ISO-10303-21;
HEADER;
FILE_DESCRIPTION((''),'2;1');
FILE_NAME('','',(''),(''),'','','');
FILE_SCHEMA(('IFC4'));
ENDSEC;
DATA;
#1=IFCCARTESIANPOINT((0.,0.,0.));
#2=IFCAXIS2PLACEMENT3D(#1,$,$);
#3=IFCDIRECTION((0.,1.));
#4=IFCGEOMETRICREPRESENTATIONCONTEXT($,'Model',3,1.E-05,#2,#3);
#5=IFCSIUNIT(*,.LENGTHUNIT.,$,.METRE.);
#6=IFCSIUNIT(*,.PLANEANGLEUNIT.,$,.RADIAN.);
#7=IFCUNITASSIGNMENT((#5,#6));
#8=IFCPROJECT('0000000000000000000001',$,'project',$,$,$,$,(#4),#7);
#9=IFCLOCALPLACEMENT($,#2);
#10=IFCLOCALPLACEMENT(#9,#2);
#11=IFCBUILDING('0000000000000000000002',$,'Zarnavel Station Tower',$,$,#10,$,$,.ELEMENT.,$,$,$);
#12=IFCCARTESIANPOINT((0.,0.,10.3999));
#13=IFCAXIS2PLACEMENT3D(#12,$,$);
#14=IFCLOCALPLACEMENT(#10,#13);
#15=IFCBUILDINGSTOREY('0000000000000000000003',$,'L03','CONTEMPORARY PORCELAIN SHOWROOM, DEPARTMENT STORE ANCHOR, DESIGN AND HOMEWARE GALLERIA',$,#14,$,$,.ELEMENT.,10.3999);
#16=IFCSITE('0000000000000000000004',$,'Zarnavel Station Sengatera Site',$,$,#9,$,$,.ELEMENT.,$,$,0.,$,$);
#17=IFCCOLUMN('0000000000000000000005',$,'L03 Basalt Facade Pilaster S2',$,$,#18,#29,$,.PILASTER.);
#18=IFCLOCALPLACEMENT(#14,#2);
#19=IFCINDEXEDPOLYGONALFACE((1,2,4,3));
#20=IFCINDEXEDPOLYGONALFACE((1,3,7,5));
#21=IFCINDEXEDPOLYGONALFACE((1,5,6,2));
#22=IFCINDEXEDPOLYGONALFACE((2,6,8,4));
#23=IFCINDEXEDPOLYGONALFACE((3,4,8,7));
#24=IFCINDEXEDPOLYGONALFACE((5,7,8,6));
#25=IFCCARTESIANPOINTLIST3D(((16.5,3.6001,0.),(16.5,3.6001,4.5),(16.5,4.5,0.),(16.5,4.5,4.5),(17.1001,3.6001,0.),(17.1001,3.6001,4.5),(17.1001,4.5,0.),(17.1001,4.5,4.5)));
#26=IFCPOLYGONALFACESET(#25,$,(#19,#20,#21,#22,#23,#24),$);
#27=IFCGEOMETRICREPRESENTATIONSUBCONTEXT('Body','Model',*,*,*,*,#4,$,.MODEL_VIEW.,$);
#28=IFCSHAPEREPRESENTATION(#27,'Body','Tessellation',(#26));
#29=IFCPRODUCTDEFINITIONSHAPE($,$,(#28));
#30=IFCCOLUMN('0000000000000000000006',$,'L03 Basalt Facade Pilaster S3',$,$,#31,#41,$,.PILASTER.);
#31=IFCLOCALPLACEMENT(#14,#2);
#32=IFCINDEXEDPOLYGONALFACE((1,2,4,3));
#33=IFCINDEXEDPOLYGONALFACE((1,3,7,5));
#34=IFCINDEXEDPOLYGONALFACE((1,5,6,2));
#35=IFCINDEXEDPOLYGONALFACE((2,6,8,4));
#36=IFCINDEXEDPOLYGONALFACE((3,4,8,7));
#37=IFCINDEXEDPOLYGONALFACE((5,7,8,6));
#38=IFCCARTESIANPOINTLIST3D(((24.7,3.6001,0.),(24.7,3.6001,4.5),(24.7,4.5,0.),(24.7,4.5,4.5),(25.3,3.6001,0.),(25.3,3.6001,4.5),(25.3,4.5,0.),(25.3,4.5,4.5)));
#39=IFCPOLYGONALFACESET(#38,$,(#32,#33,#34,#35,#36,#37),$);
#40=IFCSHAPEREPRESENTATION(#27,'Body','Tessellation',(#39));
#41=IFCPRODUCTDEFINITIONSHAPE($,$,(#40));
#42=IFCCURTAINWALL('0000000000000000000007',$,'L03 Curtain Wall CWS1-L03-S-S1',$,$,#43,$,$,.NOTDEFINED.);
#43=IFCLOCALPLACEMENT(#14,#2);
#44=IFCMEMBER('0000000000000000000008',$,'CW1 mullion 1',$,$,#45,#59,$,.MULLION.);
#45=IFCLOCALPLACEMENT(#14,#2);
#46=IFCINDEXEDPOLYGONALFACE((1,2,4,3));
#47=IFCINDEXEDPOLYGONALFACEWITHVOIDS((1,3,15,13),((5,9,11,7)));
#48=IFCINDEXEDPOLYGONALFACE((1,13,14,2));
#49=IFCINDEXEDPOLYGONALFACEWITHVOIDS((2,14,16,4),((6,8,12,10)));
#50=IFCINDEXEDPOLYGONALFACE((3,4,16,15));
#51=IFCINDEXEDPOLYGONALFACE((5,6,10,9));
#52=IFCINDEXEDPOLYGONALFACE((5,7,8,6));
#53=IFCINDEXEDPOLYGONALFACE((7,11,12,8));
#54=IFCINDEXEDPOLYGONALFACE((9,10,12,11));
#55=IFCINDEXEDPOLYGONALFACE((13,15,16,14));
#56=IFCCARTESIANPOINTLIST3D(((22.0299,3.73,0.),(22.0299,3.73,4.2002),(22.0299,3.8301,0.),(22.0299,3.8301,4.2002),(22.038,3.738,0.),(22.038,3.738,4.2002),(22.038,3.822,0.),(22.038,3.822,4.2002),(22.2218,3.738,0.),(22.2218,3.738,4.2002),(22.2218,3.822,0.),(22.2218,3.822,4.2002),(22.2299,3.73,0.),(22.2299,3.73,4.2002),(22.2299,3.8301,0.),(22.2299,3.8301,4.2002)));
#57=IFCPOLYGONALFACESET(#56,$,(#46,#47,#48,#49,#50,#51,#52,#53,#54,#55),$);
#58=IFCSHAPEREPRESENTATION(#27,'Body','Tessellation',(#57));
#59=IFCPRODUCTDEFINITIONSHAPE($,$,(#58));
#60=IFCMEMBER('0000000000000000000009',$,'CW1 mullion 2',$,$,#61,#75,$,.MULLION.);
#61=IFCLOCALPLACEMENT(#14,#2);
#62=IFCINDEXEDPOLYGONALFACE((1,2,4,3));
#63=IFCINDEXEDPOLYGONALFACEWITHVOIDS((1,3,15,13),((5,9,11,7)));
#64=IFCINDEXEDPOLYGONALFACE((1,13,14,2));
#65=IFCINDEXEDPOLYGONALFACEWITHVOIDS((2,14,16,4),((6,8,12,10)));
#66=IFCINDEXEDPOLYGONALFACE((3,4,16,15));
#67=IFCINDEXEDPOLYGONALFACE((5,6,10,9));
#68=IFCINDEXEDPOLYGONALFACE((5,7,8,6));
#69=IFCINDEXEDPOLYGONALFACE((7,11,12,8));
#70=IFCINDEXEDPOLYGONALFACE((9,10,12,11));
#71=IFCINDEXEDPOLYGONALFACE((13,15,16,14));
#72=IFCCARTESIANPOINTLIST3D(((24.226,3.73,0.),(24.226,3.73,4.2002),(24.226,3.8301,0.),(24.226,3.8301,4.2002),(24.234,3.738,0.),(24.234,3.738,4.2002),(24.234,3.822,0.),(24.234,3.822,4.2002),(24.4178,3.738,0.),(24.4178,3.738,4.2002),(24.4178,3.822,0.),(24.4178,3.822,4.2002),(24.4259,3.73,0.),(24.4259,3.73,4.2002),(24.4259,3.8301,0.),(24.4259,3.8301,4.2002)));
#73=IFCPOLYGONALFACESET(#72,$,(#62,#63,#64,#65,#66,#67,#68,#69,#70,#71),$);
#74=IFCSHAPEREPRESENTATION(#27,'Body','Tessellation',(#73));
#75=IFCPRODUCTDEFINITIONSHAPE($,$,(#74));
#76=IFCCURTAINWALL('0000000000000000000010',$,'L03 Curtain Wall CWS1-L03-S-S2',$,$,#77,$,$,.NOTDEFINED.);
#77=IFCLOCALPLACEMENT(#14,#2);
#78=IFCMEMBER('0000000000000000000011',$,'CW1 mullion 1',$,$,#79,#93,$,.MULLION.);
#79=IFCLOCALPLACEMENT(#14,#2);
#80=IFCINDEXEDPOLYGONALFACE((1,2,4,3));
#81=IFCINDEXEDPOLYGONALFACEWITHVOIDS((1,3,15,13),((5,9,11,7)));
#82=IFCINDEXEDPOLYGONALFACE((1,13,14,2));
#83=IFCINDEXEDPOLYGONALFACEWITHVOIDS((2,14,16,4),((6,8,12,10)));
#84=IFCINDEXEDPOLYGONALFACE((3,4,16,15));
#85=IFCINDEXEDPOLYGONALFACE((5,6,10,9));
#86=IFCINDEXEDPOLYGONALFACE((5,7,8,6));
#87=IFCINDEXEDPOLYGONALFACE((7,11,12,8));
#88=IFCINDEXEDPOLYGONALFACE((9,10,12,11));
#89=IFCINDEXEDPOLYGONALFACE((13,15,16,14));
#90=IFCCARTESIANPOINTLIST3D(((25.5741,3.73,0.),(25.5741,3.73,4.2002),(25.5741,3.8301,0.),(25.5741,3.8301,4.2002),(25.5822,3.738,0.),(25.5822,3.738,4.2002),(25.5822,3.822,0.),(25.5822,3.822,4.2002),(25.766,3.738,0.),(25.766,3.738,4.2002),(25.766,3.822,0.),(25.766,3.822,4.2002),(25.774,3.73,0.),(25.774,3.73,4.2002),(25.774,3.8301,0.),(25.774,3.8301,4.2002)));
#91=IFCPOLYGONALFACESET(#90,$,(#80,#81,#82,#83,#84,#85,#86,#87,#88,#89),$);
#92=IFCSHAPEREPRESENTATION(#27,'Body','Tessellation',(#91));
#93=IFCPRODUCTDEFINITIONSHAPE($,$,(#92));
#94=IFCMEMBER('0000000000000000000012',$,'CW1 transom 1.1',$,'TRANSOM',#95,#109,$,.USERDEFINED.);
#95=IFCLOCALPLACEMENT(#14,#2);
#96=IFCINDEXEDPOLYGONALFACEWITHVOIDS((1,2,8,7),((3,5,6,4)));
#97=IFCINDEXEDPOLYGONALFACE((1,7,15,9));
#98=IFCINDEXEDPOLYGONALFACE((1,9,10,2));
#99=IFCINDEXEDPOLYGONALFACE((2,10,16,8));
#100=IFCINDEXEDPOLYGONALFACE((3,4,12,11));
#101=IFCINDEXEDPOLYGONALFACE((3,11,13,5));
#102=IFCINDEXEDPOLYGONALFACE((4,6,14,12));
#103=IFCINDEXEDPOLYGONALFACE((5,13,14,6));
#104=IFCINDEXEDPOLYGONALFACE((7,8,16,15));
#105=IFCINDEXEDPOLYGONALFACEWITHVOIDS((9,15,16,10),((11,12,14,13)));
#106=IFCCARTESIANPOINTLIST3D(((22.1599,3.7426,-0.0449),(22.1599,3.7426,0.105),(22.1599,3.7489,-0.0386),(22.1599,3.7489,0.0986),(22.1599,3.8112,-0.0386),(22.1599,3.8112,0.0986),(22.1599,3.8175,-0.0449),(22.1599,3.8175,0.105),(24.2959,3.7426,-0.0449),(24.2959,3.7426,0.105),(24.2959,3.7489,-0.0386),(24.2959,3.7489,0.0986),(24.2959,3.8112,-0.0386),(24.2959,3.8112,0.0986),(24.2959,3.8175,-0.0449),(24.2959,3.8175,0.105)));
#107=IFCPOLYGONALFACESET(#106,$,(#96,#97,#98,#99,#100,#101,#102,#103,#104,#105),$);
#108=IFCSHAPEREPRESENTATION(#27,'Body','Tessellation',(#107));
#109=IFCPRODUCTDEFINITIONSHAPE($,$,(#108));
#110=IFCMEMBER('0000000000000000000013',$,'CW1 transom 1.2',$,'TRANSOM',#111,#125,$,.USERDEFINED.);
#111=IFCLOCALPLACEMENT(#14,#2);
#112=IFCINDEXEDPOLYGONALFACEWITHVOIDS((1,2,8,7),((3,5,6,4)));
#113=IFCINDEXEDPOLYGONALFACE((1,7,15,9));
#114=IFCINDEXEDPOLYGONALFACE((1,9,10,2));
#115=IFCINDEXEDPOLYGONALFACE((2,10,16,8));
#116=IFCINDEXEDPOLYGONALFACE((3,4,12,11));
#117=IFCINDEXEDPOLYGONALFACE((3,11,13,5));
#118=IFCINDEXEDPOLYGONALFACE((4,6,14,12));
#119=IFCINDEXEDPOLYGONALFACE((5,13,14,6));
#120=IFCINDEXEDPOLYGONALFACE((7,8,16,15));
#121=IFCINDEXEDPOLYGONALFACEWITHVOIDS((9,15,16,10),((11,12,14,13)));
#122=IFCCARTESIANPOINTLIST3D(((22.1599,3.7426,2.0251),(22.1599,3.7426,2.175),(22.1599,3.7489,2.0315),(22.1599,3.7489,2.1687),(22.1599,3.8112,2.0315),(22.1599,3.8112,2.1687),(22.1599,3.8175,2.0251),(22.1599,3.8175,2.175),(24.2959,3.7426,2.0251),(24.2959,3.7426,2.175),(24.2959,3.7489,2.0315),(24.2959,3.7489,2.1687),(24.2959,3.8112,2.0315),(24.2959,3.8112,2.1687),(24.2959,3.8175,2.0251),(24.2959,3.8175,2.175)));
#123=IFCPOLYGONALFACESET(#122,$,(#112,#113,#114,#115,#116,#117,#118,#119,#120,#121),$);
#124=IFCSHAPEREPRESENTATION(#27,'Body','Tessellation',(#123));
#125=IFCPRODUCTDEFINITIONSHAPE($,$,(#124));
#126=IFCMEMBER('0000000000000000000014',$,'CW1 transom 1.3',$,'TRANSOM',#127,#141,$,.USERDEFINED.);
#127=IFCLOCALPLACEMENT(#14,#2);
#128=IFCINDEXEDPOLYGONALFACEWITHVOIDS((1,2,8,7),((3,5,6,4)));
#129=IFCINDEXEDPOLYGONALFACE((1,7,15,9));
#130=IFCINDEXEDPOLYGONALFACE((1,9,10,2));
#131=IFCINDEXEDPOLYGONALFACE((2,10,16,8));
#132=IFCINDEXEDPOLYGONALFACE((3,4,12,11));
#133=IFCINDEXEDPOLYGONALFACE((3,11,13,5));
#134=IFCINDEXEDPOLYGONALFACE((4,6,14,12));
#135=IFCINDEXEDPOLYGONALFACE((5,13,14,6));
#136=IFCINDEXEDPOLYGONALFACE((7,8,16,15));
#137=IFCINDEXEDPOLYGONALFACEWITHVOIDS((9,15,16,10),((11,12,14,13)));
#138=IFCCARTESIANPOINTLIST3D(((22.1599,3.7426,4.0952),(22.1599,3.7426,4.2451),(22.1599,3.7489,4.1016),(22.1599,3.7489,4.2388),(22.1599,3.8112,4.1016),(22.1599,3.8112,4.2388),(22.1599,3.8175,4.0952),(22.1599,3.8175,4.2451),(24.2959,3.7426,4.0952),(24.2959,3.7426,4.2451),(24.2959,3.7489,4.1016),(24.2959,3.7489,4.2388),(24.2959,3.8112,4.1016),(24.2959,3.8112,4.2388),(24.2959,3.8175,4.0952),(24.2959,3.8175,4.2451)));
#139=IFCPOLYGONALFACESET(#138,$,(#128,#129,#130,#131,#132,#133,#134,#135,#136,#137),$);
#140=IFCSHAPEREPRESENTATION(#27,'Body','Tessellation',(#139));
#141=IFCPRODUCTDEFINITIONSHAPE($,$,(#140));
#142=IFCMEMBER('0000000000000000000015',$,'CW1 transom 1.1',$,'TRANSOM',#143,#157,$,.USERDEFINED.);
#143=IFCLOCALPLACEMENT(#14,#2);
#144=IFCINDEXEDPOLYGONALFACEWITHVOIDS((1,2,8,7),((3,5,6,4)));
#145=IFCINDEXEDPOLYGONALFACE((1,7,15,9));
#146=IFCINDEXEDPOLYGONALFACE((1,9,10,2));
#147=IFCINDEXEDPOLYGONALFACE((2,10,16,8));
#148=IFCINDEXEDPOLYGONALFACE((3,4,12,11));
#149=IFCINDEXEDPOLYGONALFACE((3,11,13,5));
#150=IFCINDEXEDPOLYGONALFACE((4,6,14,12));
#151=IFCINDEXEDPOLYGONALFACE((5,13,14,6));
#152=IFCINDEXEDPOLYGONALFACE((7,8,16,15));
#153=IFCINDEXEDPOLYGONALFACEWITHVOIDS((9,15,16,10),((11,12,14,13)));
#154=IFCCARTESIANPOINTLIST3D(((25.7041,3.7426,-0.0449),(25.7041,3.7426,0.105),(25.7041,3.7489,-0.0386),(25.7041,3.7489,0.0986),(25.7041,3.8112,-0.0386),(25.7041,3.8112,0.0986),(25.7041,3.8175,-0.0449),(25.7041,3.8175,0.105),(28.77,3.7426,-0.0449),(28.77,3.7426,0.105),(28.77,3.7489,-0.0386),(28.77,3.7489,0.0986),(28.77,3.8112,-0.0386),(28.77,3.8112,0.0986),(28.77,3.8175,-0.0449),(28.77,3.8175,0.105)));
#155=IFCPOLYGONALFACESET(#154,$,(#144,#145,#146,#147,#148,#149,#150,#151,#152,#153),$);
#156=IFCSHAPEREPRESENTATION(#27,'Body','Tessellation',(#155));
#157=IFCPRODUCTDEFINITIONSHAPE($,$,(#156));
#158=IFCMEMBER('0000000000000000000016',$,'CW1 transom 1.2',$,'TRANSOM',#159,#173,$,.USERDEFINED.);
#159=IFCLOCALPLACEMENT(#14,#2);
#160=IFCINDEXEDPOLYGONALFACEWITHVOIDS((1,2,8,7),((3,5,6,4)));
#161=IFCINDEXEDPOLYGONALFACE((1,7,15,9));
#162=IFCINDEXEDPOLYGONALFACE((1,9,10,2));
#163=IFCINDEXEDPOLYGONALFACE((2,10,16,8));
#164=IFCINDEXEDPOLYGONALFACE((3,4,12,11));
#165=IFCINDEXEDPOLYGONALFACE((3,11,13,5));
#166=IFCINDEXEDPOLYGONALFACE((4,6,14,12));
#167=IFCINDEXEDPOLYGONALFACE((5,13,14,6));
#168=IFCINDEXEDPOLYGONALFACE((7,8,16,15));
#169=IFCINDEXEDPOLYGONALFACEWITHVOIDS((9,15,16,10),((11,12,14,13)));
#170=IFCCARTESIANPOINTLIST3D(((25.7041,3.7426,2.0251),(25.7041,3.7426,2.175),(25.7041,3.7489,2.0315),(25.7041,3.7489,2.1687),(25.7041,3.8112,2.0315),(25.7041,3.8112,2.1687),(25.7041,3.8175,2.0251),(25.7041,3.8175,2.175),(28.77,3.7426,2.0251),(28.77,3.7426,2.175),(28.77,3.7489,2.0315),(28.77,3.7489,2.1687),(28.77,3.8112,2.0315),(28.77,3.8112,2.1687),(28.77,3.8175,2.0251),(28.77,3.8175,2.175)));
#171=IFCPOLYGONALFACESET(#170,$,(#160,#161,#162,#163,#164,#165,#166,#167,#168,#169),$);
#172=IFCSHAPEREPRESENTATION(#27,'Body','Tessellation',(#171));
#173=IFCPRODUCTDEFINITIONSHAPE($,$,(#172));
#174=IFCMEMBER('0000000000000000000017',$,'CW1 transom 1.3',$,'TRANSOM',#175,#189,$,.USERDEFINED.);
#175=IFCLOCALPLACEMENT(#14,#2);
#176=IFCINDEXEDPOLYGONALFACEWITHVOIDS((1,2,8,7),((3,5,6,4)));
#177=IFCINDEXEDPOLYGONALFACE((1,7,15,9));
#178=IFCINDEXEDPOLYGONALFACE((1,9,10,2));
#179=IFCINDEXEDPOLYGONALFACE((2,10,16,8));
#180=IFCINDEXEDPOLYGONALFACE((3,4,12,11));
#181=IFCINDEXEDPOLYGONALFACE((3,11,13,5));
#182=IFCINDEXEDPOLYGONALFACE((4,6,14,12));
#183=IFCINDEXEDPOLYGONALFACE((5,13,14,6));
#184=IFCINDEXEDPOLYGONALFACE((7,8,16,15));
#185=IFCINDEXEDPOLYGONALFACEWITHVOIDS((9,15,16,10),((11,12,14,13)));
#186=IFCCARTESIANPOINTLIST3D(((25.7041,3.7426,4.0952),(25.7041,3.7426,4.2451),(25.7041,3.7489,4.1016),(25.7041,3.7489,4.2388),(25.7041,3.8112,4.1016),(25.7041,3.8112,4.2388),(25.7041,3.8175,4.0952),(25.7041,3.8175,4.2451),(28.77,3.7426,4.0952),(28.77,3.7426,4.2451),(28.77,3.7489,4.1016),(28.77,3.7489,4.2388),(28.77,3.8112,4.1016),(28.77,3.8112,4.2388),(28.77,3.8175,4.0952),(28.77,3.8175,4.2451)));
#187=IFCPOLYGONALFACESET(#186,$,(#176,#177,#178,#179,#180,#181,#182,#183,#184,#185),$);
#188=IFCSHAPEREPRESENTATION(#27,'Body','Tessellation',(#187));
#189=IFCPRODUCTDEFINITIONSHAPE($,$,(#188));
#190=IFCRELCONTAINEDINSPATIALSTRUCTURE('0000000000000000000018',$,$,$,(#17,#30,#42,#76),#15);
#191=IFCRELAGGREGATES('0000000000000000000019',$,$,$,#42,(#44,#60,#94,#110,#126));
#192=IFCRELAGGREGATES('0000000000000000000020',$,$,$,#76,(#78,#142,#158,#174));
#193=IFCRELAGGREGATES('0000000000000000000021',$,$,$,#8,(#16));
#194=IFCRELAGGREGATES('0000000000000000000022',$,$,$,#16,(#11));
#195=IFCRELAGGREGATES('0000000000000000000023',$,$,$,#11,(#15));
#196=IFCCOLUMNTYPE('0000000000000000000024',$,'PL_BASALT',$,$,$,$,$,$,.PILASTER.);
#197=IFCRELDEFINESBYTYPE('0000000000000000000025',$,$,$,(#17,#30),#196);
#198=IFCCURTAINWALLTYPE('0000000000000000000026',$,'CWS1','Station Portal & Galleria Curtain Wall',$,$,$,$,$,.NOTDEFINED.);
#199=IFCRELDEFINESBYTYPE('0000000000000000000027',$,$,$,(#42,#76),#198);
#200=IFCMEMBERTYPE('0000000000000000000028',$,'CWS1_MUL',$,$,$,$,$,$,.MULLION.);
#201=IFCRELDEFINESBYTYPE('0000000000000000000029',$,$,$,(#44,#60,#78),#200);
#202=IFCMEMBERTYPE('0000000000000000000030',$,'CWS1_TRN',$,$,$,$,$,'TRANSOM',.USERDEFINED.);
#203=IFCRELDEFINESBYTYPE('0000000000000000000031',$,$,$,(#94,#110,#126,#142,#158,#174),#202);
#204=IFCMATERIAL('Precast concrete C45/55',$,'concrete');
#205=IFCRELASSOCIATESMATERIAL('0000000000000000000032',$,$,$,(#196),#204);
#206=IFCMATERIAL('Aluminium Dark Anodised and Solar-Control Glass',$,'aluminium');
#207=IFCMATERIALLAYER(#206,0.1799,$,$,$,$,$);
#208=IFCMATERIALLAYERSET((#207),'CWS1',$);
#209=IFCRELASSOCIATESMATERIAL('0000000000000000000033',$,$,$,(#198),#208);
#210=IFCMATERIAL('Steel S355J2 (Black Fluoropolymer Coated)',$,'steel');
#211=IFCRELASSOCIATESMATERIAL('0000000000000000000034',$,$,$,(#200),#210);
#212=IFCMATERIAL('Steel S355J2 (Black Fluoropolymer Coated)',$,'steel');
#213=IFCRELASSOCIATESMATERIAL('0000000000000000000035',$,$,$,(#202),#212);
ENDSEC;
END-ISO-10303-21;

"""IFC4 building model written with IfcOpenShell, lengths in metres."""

from ifc_helpers import new_model, si_unit, direction, frame, origin, origin_2d, place, context, subcontext, project, spatial, rectangle, hollow_rectangle, extrude, material, layer, layer_set, material_profile, profile_set, type_object, element, aggregate, save


model = new_model("IFC4")

# Units and contexts
model_context = context("Model", 3, precision=1e-05, world=origin(), true_north=direction((0.0, 1.0)))
body_context = subcontext(model_context, "Body", "Model", "MODEL_VIEW")
ifc_project = project(units=[si_unit("LENGTHUNIT", "METRE"), si_unit("PLANEANGLEUNIT", "RADIAN")], contexts=[model_context])

# Site, building, storey
site_placement = place(None, origin())
site = spatial("IfcSite", under=ifc_project, at=site_placement, Name="Zarnavel Station Sengatera Site", CompositionType="ELEMENT", RefElevation=0.0)
building_placement = place(site_placement, origin())
building = spatial("IfcBuilding", under=site, at=building_placement, Name="Zarnavel Station Tower", CompositionType="ELEMENT")
storey_placement = place(building_placement, frame((0.0, 0.0, 10.3999)))
storey = spatial("IfcBuildingStorey", under=building, at=storey_placement, Name="L03", Description="CONTEMPORARY PORCELAIN SHOWROOM, DEPARTMENT STORE ANCHOR, DESIGN AND HOMEWARE GALLERIA", CompositionType="ELEMENT", Elevation=10.3999)

# Columns
ifc_material_1 = material(Name="Precast concrete C45/55", Category="concrete")
ifc_material_profile_1 = material_profile(ifc_material_1, rectangle(XDim=0.6001, YDim=0.8999, at=origin_2d()), Name="RC600x900")
ifc_profile_set_1 = profile_set([ifc_material_profile_1], Name="Precast concrete C45/55")
column_type = type_object("IfcColumnType", Name="PL_BASALT", PredefinedType="PILASTER", material=ifc_profile_set_1)
for number, where, z_axis, x_axis, name in (
    (1, (16.8, 4.05, 0.0), (0.0, 0.0, 1.0), (1.0, 0.0, 0.0), "L03 Basalt Facade Pilaster S2"),
    (2, (25.0, 4.05, 0.0), (0.0, 0.0, 1.0), (1.0, 0.0, 0.0), "L03 Basalt Facade Pilaster S3"),
):
    element("IfcColumn", number, at=place(storey_placement, frame(where, z_axis=z_axis, x_axis=x_axis)), inside=storey, type_object=column_type, Name=name, PredefinedType="PILASTER", context=body_context, shape_type="SweptSolid", body=[
        extrude(rectangle(XDim=0.6001, YDim=0.8999, at=origin_2d()), origin(), (0.0, 0.0, 1.0), 4.5),
    ])

# Curtain wall, members
ifc_material_2 = material(Name="Aluminium Dark Anodised and Solar-Control Glass", Category="aluminium")
ifc_layer_1 = layer(ifc_material_2, 0.1799)
ifc_layer_set_1 = layer_set([ifc_layer_1], Name="CWS1")
curtain_wall_type = type_object("IfcCurtainWallType", Name="CWS1", Description="Station Portal & Galleria Curtain Wall", PredefinedType="NOTDEFINED", material=ifc_layer_set_1)
curtain_wall_1_placement = place(storey_placement, origin())
curtain_wall_1 = element("IfcCurtainWall", 3, at=curtain_wall_1_placement, inside=storey, type_object=curtain_wall_type, Name="L03 Curtain Wall CWS1-L03-S-S1", PredefinedType="NOTDEFINED")
ifc_material_3 = material(Name="Steel S355J2 (Black Fluoropolymer Coated)", Category="steel")
ifc_material_profile_2 = material_profile(ifc_material_3, hollow_rectangle(XDim=0.1001, YDim=0.2, WallThickness=0.0081, at=origin_2d()), Name="RHS200x100x8")
ifc_profile_set_2 = profile_set([ifc_material_profile_2], Name="Steel S355J2 (Black Fluoropolymer Coated)")
member_type_1 = type_object("IfcMemberType", Name="CWS1_MUL", PredefinedType="MULLION", material=ifc_profile_set_2)
member_1_placement = place(storey_placement, frame((22.1299, 3.78, 0.0), z_axis=(0.0, 0.0, 1.0), x_axis=(0.0, 1.0, 0.0)))
member_1 = element("IfcMember", 4, at=member_1_placement, type_object=member_type_1, Name="CW1 mullion 1", PredefinedType="MULLION", context=body_context, shape_type="SweptSolid", body=[
    extrude(hollow_rectangle(XDim=0.1001, YDim=0.2, WallThickness=0.0081, at=origin_2d()), origin(), (0.0, 0.0, 1.0), 4.2002),
])
member_2_placement = place(storey_placement, frame((24.3259, 3.78, 0.0), z_axis=(0.0, 0.0, 1.0), x_axis=(0.0, 1.0, 0.0)))
member_2 = element("IfcMember", 5, at=member_2_placement, type_object=member_type_1, Name="CW1 mullion 2", PredefinedType="MULLION", context=body_context, shape_type="SweptSolid", body=[
    extrude(hollow_rectangle(XDim=0.1001, YDim=0.2, WallThickness=0.0081, at=origin_2d()), origin(), (0.0, 0.0, 1.0), 4.2002),
])

# Curtain wall, member
curtain_wall_2_placement = place(storey_placement, origin())
curtain_wall_2 = element("IfcCurtainWall", 6, at=curtain_wall_2_placement, inside=storey, type_object=curtain_wall_type, Name="L03 Curtain Wall CWS1-L03-S-S2", PredefinedType="NOTDEFINED")
member_3_placement = place(storey_placement, frame((25.6741, 3.78, 0.0), z_axis=(0.0, 0.0, 1.0), x_axis=(0.0, 1.0, 0.0)))
member_3 = element("IfcMember", 7, at=member_3_placement, type_object=member_type_1, Name="CW1 mullion 1", PredefinedType="MULLION", context=body_context, shape_type="SweptSolid", body=[
    extrude(hollow_rectangle(XDim=0.1001, YDim=0.2, WallThickness=0.0081, at=origin_2d()), origin(), (0.0, 0.0, 1.0), 4.2002),
])

# Members
ifc_material_4 = material(Name="Steel S355J2 (Black Fluoropolymer Coated)", Category="steel")
ifc_material_profile_3 = material_profile(ifc_material_4, hollow_rectangle(XDim=0.075, YDim=0.1499, WallThickness=0.0063, at=origin_2d()), Name="RHS150x75x6.3")
ifc_profile_set_3 = profile_set([ifc_material_profile_3], Name="Steel S355J2 (Black Fluoropolymer Coated)")
member_type_2 = type_object("IfcMemberType", Name="CWS1_TRN", ElementType="TRANSOM", PredefinedType="USERDEFINED", material=ifc_profile_set_3)
member_4_placement = place(storey_placement, frame((22.1599, 3.78, 0.03), z_axis=(1.0, 0.0, 0.0), x_axis=(0.0, 1.0, 0.0)))
member_4 = element("IfcMember", 8, at=member_4_placement, type_object=member_type_2, Name="CW1 transom 1.1", ObjectType="TRANSOM", PredefinedType="USERDEFINED", context=body_context, shape_type="SweptSolid", body=[
    extrude(hollow_rectangle(XDim=0.075, YDim=0.1499, WallThickness=0.0063, at=origin_2d()), origin(), (0.0, 0.0, 1.0), 2.136),
])
member_5_placement = place(storey_placement, frame((22.1599, 3.78, 2.1001), z_axis=(1.0, 0.0, 0.0), x_axis=(0.0, 1.0, 0.0)))
member_5 = element("IfcMember", 9, at=member_5_placement, type_object=member_type_2, Name="CW1 transom 1.2", ObjectType="TRANSOM", PredefinedType="USERDEFINED", context=body_context, shape_type="SweptSolid", body=[
    extrude(hollow_rectangle(XDim=0.075, YDim=0.1499, WallThickness=0.0063, at=origin_2d()), origin(), (0.0, 0.0, 1.0), 2.136),
])
member_6_placement = place(storey_placement, frame((22.1599, 3.78, 4.1702), z_axis=(1.0, 0.0, 0.0), x_axis=(0.0, 1.0, 0.0)))
member_6 = element("IfcMember", 10, at=member_6_placement, type_object=member_type_2, Name="CW1 transom 1.3", ObjectType="TRANSOM", PredefinedType="USERDEFINED", context=body_context, shape_type="SweptSolid", body=[
    extrude(hollow_rectangle(XDim=0.075, YDim=0.1499, WallThickness=0.0063, at=origin_2d()), origin(), (0.0, 0.0, 1.0), 2.136),
])
member_7_placement = place(storey_placement, frame((25.7041, 3.78, 0.03), z_axis=(1.0, 0.0, 0.0), x_axis=(0.0, 1.0, 0.0)))
member_7 = element("IfcMember", 11, at=member_7_placement, type_object=member_type_2, Name="CW1 transom 1.1", ObjectType="TRANSOM", PredefinedType="USERDEFINED", context=body_context, shape_type="SweptSolid", body=[
    extrude(hollow_rectangle(XDim=0.075, YDim=0.1499, WallThickness=0.0063, at=origin_2d()), origin(), (0.0, 0.0, 1.0), 3.0659),
])
member_8_placement = place(storey_placement, frame((25.7041, 3.78, 2.1001), z_axis=(1.0, 0.0, 0.0), x_axis=(0.0, 1.0, 0.0)))
member_8 = element("IfcMember", 12, at=member_8_placement, type_object=member_type_2, Name="CW1 transom 1.2", ObjectType="TRANSOM", PredefinedType="USERDEFINED", context=body_context, shape_type="SweptSolid", body=[
    extrude(hollow_rectangle(XDim=0.075, YDim=0.1499, WallThickness=0.0063, at=origin_2d()), origin(), (0.0, 0.0, 1.0), 3.0659),
])
member_9_placement = place(storey_placement, frame((25.7041, 3.78, 4.1702), z_axis=(1.0, 0.0, 0.0), x_axis=(0.0, 1.0, 0.0)))
member_9 = element("IfcMember", 13, at=member_9_placement, type_object=member_type_2, Name="CW1 transom 1.3", ObjectType="TRANSOM", PredefinedType="USERDEFINED", context=body_context, shape_type="SweptSolid", body=[
    extrude(hollow_rectangle(XDim=0.075, YDim=0.1499, WallThickness=0.0063, at=origin_2d()), origin(), (0.0, 0.0, 1.0), 3.0659),
])

aggregate(curtain_wall_1, [member_1, member_2, member_4, member_5, member_6])
aggregate(curtain_wall_2, [member_3, member_7, member_8, member_9])

save(model, "model.ifc")
